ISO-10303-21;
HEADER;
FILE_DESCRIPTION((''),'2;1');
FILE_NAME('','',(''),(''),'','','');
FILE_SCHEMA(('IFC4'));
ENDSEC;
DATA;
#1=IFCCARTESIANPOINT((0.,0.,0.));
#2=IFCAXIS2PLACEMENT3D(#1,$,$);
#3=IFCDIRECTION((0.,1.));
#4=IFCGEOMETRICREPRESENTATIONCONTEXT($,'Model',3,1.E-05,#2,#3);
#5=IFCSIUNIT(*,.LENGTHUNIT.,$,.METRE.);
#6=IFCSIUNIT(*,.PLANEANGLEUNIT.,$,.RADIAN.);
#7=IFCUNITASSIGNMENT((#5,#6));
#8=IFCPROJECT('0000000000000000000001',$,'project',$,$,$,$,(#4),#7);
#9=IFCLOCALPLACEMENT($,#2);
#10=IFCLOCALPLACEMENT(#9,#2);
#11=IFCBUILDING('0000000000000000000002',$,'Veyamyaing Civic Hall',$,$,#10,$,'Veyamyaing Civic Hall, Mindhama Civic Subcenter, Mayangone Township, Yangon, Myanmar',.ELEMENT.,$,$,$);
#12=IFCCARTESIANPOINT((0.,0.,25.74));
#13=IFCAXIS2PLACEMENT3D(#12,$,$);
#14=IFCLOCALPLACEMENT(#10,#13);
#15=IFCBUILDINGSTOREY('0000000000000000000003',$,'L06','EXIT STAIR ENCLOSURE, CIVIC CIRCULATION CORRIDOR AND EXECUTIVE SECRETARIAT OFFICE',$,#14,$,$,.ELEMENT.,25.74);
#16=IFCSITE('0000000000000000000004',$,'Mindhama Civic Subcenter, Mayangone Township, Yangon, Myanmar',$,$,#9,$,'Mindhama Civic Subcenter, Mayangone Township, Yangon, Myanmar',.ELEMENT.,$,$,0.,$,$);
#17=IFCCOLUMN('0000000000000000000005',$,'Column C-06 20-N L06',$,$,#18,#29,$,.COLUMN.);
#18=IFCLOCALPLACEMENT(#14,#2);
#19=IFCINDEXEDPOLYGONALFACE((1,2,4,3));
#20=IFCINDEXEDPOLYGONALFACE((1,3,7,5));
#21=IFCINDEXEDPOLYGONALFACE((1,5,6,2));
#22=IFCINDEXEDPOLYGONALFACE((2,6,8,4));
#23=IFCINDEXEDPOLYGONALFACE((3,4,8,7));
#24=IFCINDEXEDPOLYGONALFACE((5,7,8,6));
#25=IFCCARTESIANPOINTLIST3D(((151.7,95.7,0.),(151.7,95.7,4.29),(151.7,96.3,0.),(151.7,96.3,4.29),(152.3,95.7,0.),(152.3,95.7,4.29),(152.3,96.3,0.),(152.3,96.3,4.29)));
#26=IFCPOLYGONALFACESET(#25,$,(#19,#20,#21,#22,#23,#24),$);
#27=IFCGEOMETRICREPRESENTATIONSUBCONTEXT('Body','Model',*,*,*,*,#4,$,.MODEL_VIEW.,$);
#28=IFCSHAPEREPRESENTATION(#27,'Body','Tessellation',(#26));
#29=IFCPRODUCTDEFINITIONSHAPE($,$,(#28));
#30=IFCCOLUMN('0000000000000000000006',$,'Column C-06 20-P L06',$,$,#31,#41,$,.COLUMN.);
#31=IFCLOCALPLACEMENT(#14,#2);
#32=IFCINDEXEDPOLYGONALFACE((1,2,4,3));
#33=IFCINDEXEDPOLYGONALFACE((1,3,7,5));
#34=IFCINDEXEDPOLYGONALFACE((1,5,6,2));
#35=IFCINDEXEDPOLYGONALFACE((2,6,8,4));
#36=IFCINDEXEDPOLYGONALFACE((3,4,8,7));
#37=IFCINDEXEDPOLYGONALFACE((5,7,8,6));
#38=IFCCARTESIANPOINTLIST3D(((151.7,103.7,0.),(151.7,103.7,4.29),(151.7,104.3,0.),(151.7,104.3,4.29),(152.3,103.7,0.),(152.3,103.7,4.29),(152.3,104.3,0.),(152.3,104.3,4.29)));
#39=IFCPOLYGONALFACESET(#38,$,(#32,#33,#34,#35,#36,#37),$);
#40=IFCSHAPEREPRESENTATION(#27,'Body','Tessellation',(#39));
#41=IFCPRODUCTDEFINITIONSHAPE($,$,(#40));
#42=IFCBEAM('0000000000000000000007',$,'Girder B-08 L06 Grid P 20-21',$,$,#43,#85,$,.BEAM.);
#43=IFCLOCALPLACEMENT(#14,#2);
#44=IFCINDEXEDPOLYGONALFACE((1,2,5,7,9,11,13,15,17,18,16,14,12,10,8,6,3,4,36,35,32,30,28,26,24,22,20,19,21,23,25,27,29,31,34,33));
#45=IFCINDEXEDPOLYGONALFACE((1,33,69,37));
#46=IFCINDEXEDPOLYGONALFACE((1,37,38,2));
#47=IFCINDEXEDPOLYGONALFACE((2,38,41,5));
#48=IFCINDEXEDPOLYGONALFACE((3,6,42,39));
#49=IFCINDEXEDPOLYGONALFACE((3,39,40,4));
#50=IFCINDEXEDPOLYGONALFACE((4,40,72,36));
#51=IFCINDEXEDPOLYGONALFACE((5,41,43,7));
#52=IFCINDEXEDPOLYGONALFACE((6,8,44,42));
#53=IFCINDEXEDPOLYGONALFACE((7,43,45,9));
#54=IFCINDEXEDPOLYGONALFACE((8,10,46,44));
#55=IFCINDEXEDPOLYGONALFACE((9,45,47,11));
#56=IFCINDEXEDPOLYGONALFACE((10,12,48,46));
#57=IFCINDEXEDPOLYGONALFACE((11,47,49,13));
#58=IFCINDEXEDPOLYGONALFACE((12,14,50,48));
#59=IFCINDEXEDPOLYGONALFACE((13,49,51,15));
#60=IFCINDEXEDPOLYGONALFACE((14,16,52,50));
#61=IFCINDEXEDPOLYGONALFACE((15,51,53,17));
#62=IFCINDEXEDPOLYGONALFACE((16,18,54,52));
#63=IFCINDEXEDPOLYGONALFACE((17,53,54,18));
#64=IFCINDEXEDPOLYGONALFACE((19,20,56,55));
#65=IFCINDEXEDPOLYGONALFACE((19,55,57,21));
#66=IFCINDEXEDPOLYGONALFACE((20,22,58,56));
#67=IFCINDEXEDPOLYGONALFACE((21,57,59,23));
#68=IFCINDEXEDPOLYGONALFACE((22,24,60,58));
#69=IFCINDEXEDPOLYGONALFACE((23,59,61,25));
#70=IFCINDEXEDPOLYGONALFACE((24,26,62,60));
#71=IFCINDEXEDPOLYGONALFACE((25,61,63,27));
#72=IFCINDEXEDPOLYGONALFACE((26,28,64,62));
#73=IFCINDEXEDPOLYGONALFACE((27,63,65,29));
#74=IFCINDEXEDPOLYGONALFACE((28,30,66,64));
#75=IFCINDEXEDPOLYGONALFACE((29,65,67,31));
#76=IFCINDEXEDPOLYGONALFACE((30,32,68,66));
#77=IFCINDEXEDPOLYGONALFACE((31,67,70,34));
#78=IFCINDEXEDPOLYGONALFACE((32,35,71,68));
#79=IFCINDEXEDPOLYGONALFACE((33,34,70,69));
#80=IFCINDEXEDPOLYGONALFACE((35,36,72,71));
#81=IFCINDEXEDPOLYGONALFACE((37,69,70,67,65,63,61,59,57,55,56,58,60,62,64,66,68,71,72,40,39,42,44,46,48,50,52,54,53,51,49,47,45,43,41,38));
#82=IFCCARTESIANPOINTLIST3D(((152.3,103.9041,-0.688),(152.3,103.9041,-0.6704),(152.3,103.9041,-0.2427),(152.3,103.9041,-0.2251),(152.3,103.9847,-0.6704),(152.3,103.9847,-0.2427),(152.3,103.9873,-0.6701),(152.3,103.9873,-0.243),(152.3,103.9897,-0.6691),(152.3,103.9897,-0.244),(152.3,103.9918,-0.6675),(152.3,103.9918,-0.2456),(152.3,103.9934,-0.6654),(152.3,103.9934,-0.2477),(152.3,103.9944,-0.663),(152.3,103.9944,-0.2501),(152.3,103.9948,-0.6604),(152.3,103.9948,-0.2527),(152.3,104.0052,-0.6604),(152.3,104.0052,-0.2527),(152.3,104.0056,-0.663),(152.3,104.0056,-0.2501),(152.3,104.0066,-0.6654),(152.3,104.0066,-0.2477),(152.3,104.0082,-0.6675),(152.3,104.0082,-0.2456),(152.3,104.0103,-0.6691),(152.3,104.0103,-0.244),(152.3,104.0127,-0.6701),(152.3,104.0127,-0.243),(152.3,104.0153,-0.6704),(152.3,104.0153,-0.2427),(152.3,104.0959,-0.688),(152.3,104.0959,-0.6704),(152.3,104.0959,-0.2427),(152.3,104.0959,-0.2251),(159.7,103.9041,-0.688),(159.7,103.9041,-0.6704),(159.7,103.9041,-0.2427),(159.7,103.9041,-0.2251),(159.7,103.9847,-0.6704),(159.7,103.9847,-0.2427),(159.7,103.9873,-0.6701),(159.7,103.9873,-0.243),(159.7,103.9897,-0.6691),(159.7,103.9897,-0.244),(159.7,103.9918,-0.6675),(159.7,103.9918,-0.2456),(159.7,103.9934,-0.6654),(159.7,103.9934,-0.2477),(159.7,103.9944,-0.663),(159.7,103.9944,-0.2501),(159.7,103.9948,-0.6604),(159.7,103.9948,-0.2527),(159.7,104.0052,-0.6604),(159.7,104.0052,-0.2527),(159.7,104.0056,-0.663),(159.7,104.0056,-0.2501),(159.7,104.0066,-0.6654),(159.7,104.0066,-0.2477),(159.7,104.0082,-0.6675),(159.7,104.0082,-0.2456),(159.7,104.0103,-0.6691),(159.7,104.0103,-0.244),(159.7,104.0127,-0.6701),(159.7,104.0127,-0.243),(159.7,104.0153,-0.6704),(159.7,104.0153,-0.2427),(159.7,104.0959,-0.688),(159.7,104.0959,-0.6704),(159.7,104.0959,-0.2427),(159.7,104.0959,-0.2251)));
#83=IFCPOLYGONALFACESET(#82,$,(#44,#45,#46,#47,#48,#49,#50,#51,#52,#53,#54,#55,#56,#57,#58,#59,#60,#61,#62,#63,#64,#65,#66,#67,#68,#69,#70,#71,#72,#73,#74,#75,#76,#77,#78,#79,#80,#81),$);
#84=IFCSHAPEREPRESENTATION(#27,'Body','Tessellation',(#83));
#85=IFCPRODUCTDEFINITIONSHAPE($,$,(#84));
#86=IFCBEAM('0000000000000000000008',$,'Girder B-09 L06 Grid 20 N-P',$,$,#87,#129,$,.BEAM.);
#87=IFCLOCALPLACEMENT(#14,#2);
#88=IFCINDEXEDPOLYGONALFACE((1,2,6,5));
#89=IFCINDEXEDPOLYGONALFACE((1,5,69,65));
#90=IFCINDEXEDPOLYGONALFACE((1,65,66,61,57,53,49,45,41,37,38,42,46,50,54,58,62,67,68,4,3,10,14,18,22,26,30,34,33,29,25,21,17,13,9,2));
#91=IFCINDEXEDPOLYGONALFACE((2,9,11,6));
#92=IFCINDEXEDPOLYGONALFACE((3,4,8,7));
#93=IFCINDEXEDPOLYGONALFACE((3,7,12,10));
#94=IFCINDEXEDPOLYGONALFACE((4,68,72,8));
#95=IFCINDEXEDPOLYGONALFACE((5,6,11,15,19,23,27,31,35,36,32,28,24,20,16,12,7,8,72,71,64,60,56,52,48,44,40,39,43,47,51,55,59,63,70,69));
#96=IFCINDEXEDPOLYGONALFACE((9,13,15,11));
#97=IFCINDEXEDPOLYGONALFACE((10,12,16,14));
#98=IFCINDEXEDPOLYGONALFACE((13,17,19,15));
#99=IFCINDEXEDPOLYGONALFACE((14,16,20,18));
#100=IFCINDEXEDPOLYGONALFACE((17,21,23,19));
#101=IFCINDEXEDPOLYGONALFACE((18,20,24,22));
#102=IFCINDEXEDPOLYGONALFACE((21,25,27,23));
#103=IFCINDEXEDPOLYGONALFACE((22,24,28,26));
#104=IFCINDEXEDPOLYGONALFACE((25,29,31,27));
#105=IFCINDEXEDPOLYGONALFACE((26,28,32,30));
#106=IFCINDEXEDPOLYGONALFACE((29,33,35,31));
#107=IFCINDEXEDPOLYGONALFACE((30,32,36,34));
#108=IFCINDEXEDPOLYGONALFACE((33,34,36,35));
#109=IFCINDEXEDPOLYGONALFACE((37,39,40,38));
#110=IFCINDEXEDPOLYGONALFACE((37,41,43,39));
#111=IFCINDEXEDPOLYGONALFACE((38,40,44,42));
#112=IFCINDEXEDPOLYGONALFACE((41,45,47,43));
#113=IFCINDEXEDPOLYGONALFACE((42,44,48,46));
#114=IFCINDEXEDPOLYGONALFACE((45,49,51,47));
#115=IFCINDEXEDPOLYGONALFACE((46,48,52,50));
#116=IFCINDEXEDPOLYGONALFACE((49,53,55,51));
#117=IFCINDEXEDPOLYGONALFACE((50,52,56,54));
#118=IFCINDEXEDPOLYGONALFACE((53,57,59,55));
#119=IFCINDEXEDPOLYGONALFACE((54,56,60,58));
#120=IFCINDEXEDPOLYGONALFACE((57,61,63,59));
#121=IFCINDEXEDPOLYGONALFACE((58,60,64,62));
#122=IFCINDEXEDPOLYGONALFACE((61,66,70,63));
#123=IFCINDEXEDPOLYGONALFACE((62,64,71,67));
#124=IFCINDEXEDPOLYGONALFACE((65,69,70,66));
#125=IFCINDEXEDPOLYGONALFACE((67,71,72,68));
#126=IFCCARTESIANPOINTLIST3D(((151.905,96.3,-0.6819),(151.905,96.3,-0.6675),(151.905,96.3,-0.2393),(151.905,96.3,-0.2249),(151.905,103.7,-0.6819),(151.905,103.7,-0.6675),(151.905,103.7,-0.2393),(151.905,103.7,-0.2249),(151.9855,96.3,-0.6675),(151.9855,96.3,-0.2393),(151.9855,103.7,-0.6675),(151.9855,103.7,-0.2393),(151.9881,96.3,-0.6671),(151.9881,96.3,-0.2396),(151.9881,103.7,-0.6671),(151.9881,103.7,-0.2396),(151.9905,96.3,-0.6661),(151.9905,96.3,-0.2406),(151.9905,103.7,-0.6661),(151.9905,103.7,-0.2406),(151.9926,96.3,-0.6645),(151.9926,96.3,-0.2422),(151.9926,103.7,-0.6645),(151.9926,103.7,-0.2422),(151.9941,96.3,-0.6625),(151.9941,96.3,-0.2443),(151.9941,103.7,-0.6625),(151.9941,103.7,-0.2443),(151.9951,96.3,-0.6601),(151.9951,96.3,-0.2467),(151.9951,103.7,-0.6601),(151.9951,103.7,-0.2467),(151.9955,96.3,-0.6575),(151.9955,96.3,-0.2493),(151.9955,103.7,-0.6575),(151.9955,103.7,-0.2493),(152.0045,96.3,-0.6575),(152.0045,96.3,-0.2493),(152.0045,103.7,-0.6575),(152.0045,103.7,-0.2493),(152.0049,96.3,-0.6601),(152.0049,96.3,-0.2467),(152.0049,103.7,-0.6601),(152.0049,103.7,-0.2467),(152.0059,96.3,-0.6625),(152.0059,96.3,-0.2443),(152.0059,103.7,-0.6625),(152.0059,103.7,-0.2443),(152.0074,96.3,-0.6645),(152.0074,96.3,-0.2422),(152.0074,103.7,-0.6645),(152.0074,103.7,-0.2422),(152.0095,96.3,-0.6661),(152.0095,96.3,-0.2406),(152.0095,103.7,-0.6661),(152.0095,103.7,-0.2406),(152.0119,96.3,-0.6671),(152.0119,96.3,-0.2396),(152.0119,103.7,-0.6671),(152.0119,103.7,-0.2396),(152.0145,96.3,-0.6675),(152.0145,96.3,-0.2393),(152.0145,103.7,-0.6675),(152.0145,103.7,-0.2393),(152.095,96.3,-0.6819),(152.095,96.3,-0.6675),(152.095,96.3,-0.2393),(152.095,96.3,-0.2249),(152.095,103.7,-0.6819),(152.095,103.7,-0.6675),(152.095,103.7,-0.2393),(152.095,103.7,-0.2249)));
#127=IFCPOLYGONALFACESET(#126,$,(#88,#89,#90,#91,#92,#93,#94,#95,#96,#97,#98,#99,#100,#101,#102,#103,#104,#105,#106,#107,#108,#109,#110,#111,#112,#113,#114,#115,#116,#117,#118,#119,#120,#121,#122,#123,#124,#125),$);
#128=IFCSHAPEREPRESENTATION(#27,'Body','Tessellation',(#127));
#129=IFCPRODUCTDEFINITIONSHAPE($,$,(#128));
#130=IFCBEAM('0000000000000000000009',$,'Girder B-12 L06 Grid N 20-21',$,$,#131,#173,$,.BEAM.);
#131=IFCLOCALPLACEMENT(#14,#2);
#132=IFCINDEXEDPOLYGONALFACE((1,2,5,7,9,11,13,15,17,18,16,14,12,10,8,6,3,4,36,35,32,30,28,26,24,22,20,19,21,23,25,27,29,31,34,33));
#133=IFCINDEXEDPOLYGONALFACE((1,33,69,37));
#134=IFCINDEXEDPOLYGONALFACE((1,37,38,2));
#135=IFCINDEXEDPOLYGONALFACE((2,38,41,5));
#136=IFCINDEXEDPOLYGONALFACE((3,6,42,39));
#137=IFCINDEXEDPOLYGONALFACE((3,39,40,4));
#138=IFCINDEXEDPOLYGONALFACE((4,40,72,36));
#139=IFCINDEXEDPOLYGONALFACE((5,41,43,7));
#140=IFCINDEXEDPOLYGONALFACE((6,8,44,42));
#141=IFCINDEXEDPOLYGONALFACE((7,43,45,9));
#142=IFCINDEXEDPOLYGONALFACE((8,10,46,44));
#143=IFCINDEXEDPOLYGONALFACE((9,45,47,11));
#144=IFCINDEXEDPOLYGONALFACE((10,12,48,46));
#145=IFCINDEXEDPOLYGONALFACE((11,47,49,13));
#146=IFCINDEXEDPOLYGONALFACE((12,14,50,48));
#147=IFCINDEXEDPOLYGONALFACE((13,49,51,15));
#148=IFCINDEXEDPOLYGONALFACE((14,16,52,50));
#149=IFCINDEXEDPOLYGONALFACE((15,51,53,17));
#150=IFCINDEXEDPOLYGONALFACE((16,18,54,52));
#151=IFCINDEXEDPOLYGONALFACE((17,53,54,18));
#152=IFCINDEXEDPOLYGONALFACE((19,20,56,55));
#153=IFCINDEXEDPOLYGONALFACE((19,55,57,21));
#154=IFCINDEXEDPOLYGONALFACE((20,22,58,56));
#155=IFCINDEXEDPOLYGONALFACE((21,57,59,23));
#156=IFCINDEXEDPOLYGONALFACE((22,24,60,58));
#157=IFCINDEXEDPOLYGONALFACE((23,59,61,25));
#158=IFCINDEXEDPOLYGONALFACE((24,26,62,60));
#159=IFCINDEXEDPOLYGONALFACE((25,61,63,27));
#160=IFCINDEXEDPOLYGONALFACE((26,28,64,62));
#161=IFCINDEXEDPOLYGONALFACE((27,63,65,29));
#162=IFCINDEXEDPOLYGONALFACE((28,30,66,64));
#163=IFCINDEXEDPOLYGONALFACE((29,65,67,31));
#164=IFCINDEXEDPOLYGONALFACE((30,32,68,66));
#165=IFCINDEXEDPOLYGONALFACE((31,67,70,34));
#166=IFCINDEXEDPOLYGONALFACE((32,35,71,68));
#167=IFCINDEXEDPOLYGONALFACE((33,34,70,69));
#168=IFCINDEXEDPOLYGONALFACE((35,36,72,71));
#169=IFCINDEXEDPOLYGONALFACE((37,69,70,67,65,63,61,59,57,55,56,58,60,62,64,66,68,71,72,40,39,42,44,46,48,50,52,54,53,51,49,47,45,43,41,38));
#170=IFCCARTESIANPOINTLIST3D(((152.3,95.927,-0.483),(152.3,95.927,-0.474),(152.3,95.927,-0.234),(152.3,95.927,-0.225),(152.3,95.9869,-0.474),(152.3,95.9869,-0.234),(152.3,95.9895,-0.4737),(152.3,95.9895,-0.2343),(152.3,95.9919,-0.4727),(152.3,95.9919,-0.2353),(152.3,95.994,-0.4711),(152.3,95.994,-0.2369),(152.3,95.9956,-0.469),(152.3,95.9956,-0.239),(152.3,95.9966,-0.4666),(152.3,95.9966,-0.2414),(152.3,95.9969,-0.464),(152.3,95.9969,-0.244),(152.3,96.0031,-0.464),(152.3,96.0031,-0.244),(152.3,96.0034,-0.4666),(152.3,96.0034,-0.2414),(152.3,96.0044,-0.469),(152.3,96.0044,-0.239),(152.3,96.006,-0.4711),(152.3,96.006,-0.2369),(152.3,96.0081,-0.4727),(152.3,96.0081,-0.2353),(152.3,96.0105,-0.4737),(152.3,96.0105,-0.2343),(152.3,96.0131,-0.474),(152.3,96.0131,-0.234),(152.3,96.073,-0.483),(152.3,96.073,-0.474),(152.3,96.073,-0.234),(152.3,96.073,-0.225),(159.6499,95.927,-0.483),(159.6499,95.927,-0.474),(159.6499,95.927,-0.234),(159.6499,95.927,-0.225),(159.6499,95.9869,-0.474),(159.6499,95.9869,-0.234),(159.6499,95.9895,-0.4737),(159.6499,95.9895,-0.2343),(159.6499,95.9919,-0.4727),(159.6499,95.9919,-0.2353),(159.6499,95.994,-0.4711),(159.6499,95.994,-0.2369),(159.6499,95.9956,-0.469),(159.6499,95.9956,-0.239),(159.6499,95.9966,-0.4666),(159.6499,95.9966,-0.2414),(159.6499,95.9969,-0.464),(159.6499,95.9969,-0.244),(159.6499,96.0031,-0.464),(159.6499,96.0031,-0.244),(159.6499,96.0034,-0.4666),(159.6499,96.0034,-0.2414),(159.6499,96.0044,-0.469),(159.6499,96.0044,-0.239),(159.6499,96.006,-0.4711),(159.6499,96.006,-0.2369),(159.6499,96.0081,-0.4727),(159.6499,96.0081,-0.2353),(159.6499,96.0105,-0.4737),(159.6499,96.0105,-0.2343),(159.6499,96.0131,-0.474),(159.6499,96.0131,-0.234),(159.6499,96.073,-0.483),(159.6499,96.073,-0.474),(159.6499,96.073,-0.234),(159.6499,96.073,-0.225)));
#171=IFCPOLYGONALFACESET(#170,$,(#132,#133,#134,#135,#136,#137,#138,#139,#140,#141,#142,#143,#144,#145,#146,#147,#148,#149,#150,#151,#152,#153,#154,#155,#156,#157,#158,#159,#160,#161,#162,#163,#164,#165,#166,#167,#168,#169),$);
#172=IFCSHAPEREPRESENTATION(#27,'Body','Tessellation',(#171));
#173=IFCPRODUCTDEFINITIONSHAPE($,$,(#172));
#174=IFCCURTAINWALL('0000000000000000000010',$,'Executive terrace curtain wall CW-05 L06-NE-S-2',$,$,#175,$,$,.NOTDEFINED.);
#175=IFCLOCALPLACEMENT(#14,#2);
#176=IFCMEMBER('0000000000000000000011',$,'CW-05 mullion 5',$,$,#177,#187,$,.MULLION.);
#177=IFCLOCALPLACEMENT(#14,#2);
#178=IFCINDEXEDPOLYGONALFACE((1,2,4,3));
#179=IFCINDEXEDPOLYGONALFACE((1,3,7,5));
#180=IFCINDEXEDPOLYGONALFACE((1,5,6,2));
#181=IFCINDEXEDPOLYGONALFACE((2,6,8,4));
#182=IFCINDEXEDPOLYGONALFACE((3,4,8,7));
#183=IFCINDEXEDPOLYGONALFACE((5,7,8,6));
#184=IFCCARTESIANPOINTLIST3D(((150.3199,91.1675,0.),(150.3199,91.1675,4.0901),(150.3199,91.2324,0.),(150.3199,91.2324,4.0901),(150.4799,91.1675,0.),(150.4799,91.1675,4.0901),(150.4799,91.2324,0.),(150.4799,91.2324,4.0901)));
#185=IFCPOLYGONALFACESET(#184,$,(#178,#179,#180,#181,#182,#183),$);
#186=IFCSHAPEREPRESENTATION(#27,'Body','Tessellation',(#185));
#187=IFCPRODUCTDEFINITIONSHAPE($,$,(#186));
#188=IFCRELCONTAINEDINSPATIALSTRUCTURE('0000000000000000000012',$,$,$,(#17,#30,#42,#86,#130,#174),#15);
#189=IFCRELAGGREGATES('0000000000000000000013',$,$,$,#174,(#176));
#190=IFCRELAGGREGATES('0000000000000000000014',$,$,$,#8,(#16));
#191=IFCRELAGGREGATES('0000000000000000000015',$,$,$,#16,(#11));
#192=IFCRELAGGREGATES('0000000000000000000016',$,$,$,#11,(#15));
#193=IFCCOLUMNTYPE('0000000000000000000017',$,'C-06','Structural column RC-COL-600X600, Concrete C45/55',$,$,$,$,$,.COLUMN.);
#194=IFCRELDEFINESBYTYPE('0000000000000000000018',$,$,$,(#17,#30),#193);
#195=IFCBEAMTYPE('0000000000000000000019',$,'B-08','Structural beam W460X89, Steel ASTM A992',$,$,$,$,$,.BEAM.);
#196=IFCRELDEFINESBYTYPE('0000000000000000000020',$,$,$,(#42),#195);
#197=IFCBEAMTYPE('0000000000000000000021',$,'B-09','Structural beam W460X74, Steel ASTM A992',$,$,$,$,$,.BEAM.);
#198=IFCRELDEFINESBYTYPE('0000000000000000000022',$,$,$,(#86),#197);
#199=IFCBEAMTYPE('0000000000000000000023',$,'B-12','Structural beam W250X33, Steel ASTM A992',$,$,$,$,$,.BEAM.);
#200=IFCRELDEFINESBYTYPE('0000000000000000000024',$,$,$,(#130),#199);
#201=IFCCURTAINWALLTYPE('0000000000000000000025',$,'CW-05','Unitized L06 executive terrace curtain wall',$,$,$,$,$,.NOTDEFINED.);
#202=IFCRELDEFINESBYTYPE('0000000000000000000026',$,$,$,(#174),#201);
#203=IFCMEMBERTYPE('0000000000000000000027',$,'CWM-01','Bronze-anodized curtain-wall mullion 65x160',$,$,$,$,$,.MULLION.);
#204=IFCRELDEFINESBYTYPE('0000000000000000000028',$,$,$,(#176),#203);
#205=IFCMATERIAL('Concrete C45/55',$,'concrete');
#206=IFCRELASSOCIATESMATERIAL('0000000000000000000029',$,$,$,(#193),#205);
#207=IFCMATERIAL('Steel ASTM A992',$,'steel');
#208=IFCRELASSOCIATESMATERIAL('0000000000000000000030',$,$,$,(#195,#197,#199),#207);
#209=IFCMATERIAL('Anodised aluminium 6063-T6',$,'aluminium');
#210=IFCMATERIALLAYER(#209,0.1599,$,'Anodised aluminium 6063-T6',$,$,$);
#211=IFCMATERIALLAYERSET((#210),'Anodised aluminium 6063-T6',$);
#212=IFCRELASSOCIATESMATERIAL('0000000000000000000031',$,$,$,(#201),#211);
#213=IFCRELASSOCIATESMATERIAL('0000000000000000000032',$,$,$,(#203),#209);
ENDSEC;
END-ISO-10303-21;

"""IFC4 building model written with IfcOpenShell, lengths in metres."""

from ifc_helpers import new_model, si_unit, direction, frame, origin, origin_2d, place, context, subcontext, project, spatial, rectangle, i_section, extrude, material, layer, layer_set, material_profile, profile_set, type_object, element, aggregate, save


model = new_model("IFC4")

# Units and contexts
model_context = context("Model", 3, precision=1e-05, world=origin(), true_north=direction((0.0, 1.0)))
body_context = subcontext(model_context, "Body", "Model", "MODEL_VIEW")
ifc_project = project(units=[si_unit("LENGTHUNIT", "METRE"), si_unit("PLANEANGLEUNIT", "RADIAN")], contexts=[model_context])

# Site, building, storey
site_placement = place(None, origin())
site = spatial("IfcSite", under=ifc_project, at=site_placement, Name="Mindhama Civic Subcenter, Mayangone Township, Yangon, Myanmar", LongName="Mindhama Civic Subcenter, Mayangone Township, Yangon, Myanmar", CompositionType="ELEMENT", RefElevation=0.0)
building_placement = place(site_placement, origin())
building = spatial("IfcBuilding", under=site, at=building_placement, Name="Veyamyaing Civic Hall", LongName="Veyamyaing Civic Hall, Mindhama Civic Subcenter, Mayangone Township, Yangon, Myanmar", CompositionType="ELEMENT")
storey_placement = place(building_placement, frame((0.0, 0.0, 25.74)))
storey = spatial("IfcBuildingStorey", under=building, at=storey_placement, Name="L06", Description="EXIT STAIR ENCLOSURE, CIVIC CIRCULATION CORRIDOR AND EXECUTIVE SECRETARIAT OFFICE", CompositionType="ELEMENT", Elevation=25.74)

# Columns
ifc_material_1 = material(Name="Concrete C45/55", Category="concrete")
ifc_material_profile_1 = material_profile(ifc_material_1, rectangle(XDim=0.6001, YDim=0.6001, at=origin_2d()), Name="RC-COL-600X600")
ifc_profile_set_1 = profile_set([ifc_material_profile_1], Name="Concrete C45/55")
column_type = type_object("IfcColumnType", Name="C-06", Description="Structural column RC-COL-600X600, Concrete C45/55", PredefinedType="COLUMN", material=ifc_profile_set_1)
for number, where, z_axis, x_axis, name in (
    (1, (152.0, 96.0, 0.0), (0.0, 0.0, 1.0), (1.0, 0.0, 0.0), "Column C-06 20-N L06"),
    (2, (152.0, 104.0, 0.0), (0.0, 0.0, 1.0), (1.0, 0.0, 0.0), "Column C-06 20-P L06"),
):
    element("IfcColumn", number, at=place(storey_placement, frame(where, z_axis=z_axis, x_axis=x_axis)), inside=storey, type_object=column_type, Name=name, PredefinedType="COLUMN", context=body_context, shape_type="SweptSolid", body=[
        extrude(rectangle(XDim=0.6001, YDim=0.6001, at=origin_2d()), origin(), (0.0, 0.0, 1.0), 4.29),
    ])

# Beams
ifc_material_2 = material(Name="Steel ASTM A992", Category="steel")
ifc_material_profile_2 = material_profile(ifc_material_2, i_section(OverallWidth=0.1919, OverallDepth=0.4629, WebThickness=0.0105, FlangeThickness=0.0176, FilletRadius=0.01, at=origin_2d()), Name="W460X89")
ifc_profile_set_2 = profile_set([ifc_material_profile_2], Name="Steel ASTM A992")
beam_type_1 = type_object("IfcBeamType", Name="B-08", Description="Structural beam W460X89, Steel ASTM A992", PredefinedType="BEAM", material=ifc_profile_set_2)
beam_1_placement = place(storey_placement, frame((152.3, 104.0, -0.4565), z_axis=(1.0, 0.0, 0.0), x_axis=(0.0, 1.0, 0.0)))
element("IfcBeam", 3, at=beam_1_placement, inside=storey, type_object=beam_type_1, Name="Girder B-08 L06 Grid P 20-21", PredefinedType="BEAM", context=body_context, shape_type="SweptSolid", body=[
    extrude(i_section(OverallWidth=0.1919, OverallDepth=0.4629, WebThickness=0.0105, FlangeThickness=0.0176, FilletRadius=0.01, at=origin_2d()), origin(), (0.0, 0.0, 1.0), 7.3999),
])
ifc_material_profile_3 = material_profile(ifc_material_2, i_section(OverallWidth=0.1899, OverallDepth=0.457, WebThickness=0.009, FlangeThickness=0.0144, FilletRadius=0.01, at=origin_2d()), Name="W460X74")
ifc_profile_set_3 = profile_set([ifc_material_profile_3], Name="Steel ASTM A992")
beam_type_2 = type_object("IfcBeamType", Name="B-09", Description="Structural beam W460X74, Steel ASTM A992", PredefinedType="BEAM", material=ifc_profile_set_3)
beam_2_placement = place(storey_placement, frame((152.0, 96.3, -0.4534), z_axis=(0.0, 1.0, 0.0), x_axis=(-1.0, 0.0, 0.0)))
element("IfcBeam", 4, at=beam_2_placement, inside=storey, type_object=beam_type_2, Name="Girder B-09 L06 Grid 20 N-P", PredefinedType="BEAM", context=body_context, shape_type="SweptSolid", body=[
    extrude(i_section(OverallWidth=0.1899, OverallDepth=0.457, WebThickness=0.009, FlangeThickness=0.0144, FilletRadius=0.01, at=origin_2d()), origin(), (0.0, 0.0, 1.0), 7.3999),
])
ifc_material_profile_4 = material_profile(ifc_material_2, i_section(OverallWidth=0.146, OverallDepth=0.2581, WebThickness=0.0061, FlangeThickness=0.009, FilletRadius=0.01, at=origin_2d()), Name="W250X33")
ifc_profile_set_4 = profile_set([ifc_material_profile_4], Name="Steel ASTM A992")
beam_type_3 = type_object("IfcBeamType", Name="B-12", Description="Structural beam W250X33, Steel ASTM A992", PredefinedType="BEAM", material=ifc_profile_set_4)
beam_3_placement = place(storey_placement, frame((152.3, 96.0, -0.354), z_axis=(1.0, 0.0, 0.0), x_axis=(0.0, 1.0, 0.0)))
element("IfcBeam", 5, at=beam_3_placement, inside=storey, type_object=beam_type_3, Name="Girder B-12 L06 Grid N 20-21", PredefinedType="BEAM", context=body_context, shape_type="SweptSolid", body=[
    extrude(i_section(OverallWidth=0.146, OverallDepth=0.2581, WebThickness=0.0061, FlangeThickness=0.009, FilletRadius=0.01, at=origin_2d()), origin(), (0.0, 0.0, 1.0), 7.3499),
])

# Curtain wall, member
ifc_material_3 = material(Name="Anodised aluminium 6063-T6", Category="aluminium")
ifc_layer_1 = layer(ifc_material_3, 0.1599, Name="Anodised aluminium 6063-T6")
ifc_layer_set_1 = layer_set([ifc_layer_1], Name="Anodised aluminium 6063-T6")
curtain_wall_type = type_object("IfcCurtainWallType", Name="CW-05", Description="Unitized L06 executive terrace curtain wall", PredefinedType="NOTDEFINED", material=ifc_layer_set_1)
curtain_wall_placement = place(storey_placement, origin())
curtain_wall = element("IfcCurtainWall", 6, at=curtain_wall_placement, inside=storey, type_object=curtain_wall_type, Name="Executive terrace curtain wall CW-05 L06-NE-S-2", PredefinedType="NOTDEFINED")
ifc_material_profile_5 = material_profile(ifc_material_3, rectangle(XDim=0.0649, YDim=0.1599, at=origin_2d()), Name="ALU-MUL-65X160")
ifc_profile_set_5 = profile_set([ifc_material_profile_5], Name="Anodised aluminium 6063-T6")
member_type_1 = type_object("IfcMemberType", Name="CWM-01", Description="Bronze-anodized curtain-wall mullion 65x160", PredefinedType="MULLION", material=ifc_profile_set_5)
member_1_placement = place(storey_placement, frame((150.3999, 91.2, 0.0), z_axis=(0.0, 0.0, 1.0), x_axis=(0.0, 1.0, 0.0)))
member_1 = element("IfcMember", 7, at=member_1_placement, type_object=member_type_1, Name="CW-05 mullion 5", PredefinedType="MULLION", context=body_context, shape_type="SweptSolid", body=[
    extrude(rectangle(XDim=0.0649, YDim=0.1599, at=origin_2d()), origin(), (0.0, 0.0, 1.0), 4.0901),
])

aggregate(curtain_wall, [member_1])

save(model, "model.ifc")
